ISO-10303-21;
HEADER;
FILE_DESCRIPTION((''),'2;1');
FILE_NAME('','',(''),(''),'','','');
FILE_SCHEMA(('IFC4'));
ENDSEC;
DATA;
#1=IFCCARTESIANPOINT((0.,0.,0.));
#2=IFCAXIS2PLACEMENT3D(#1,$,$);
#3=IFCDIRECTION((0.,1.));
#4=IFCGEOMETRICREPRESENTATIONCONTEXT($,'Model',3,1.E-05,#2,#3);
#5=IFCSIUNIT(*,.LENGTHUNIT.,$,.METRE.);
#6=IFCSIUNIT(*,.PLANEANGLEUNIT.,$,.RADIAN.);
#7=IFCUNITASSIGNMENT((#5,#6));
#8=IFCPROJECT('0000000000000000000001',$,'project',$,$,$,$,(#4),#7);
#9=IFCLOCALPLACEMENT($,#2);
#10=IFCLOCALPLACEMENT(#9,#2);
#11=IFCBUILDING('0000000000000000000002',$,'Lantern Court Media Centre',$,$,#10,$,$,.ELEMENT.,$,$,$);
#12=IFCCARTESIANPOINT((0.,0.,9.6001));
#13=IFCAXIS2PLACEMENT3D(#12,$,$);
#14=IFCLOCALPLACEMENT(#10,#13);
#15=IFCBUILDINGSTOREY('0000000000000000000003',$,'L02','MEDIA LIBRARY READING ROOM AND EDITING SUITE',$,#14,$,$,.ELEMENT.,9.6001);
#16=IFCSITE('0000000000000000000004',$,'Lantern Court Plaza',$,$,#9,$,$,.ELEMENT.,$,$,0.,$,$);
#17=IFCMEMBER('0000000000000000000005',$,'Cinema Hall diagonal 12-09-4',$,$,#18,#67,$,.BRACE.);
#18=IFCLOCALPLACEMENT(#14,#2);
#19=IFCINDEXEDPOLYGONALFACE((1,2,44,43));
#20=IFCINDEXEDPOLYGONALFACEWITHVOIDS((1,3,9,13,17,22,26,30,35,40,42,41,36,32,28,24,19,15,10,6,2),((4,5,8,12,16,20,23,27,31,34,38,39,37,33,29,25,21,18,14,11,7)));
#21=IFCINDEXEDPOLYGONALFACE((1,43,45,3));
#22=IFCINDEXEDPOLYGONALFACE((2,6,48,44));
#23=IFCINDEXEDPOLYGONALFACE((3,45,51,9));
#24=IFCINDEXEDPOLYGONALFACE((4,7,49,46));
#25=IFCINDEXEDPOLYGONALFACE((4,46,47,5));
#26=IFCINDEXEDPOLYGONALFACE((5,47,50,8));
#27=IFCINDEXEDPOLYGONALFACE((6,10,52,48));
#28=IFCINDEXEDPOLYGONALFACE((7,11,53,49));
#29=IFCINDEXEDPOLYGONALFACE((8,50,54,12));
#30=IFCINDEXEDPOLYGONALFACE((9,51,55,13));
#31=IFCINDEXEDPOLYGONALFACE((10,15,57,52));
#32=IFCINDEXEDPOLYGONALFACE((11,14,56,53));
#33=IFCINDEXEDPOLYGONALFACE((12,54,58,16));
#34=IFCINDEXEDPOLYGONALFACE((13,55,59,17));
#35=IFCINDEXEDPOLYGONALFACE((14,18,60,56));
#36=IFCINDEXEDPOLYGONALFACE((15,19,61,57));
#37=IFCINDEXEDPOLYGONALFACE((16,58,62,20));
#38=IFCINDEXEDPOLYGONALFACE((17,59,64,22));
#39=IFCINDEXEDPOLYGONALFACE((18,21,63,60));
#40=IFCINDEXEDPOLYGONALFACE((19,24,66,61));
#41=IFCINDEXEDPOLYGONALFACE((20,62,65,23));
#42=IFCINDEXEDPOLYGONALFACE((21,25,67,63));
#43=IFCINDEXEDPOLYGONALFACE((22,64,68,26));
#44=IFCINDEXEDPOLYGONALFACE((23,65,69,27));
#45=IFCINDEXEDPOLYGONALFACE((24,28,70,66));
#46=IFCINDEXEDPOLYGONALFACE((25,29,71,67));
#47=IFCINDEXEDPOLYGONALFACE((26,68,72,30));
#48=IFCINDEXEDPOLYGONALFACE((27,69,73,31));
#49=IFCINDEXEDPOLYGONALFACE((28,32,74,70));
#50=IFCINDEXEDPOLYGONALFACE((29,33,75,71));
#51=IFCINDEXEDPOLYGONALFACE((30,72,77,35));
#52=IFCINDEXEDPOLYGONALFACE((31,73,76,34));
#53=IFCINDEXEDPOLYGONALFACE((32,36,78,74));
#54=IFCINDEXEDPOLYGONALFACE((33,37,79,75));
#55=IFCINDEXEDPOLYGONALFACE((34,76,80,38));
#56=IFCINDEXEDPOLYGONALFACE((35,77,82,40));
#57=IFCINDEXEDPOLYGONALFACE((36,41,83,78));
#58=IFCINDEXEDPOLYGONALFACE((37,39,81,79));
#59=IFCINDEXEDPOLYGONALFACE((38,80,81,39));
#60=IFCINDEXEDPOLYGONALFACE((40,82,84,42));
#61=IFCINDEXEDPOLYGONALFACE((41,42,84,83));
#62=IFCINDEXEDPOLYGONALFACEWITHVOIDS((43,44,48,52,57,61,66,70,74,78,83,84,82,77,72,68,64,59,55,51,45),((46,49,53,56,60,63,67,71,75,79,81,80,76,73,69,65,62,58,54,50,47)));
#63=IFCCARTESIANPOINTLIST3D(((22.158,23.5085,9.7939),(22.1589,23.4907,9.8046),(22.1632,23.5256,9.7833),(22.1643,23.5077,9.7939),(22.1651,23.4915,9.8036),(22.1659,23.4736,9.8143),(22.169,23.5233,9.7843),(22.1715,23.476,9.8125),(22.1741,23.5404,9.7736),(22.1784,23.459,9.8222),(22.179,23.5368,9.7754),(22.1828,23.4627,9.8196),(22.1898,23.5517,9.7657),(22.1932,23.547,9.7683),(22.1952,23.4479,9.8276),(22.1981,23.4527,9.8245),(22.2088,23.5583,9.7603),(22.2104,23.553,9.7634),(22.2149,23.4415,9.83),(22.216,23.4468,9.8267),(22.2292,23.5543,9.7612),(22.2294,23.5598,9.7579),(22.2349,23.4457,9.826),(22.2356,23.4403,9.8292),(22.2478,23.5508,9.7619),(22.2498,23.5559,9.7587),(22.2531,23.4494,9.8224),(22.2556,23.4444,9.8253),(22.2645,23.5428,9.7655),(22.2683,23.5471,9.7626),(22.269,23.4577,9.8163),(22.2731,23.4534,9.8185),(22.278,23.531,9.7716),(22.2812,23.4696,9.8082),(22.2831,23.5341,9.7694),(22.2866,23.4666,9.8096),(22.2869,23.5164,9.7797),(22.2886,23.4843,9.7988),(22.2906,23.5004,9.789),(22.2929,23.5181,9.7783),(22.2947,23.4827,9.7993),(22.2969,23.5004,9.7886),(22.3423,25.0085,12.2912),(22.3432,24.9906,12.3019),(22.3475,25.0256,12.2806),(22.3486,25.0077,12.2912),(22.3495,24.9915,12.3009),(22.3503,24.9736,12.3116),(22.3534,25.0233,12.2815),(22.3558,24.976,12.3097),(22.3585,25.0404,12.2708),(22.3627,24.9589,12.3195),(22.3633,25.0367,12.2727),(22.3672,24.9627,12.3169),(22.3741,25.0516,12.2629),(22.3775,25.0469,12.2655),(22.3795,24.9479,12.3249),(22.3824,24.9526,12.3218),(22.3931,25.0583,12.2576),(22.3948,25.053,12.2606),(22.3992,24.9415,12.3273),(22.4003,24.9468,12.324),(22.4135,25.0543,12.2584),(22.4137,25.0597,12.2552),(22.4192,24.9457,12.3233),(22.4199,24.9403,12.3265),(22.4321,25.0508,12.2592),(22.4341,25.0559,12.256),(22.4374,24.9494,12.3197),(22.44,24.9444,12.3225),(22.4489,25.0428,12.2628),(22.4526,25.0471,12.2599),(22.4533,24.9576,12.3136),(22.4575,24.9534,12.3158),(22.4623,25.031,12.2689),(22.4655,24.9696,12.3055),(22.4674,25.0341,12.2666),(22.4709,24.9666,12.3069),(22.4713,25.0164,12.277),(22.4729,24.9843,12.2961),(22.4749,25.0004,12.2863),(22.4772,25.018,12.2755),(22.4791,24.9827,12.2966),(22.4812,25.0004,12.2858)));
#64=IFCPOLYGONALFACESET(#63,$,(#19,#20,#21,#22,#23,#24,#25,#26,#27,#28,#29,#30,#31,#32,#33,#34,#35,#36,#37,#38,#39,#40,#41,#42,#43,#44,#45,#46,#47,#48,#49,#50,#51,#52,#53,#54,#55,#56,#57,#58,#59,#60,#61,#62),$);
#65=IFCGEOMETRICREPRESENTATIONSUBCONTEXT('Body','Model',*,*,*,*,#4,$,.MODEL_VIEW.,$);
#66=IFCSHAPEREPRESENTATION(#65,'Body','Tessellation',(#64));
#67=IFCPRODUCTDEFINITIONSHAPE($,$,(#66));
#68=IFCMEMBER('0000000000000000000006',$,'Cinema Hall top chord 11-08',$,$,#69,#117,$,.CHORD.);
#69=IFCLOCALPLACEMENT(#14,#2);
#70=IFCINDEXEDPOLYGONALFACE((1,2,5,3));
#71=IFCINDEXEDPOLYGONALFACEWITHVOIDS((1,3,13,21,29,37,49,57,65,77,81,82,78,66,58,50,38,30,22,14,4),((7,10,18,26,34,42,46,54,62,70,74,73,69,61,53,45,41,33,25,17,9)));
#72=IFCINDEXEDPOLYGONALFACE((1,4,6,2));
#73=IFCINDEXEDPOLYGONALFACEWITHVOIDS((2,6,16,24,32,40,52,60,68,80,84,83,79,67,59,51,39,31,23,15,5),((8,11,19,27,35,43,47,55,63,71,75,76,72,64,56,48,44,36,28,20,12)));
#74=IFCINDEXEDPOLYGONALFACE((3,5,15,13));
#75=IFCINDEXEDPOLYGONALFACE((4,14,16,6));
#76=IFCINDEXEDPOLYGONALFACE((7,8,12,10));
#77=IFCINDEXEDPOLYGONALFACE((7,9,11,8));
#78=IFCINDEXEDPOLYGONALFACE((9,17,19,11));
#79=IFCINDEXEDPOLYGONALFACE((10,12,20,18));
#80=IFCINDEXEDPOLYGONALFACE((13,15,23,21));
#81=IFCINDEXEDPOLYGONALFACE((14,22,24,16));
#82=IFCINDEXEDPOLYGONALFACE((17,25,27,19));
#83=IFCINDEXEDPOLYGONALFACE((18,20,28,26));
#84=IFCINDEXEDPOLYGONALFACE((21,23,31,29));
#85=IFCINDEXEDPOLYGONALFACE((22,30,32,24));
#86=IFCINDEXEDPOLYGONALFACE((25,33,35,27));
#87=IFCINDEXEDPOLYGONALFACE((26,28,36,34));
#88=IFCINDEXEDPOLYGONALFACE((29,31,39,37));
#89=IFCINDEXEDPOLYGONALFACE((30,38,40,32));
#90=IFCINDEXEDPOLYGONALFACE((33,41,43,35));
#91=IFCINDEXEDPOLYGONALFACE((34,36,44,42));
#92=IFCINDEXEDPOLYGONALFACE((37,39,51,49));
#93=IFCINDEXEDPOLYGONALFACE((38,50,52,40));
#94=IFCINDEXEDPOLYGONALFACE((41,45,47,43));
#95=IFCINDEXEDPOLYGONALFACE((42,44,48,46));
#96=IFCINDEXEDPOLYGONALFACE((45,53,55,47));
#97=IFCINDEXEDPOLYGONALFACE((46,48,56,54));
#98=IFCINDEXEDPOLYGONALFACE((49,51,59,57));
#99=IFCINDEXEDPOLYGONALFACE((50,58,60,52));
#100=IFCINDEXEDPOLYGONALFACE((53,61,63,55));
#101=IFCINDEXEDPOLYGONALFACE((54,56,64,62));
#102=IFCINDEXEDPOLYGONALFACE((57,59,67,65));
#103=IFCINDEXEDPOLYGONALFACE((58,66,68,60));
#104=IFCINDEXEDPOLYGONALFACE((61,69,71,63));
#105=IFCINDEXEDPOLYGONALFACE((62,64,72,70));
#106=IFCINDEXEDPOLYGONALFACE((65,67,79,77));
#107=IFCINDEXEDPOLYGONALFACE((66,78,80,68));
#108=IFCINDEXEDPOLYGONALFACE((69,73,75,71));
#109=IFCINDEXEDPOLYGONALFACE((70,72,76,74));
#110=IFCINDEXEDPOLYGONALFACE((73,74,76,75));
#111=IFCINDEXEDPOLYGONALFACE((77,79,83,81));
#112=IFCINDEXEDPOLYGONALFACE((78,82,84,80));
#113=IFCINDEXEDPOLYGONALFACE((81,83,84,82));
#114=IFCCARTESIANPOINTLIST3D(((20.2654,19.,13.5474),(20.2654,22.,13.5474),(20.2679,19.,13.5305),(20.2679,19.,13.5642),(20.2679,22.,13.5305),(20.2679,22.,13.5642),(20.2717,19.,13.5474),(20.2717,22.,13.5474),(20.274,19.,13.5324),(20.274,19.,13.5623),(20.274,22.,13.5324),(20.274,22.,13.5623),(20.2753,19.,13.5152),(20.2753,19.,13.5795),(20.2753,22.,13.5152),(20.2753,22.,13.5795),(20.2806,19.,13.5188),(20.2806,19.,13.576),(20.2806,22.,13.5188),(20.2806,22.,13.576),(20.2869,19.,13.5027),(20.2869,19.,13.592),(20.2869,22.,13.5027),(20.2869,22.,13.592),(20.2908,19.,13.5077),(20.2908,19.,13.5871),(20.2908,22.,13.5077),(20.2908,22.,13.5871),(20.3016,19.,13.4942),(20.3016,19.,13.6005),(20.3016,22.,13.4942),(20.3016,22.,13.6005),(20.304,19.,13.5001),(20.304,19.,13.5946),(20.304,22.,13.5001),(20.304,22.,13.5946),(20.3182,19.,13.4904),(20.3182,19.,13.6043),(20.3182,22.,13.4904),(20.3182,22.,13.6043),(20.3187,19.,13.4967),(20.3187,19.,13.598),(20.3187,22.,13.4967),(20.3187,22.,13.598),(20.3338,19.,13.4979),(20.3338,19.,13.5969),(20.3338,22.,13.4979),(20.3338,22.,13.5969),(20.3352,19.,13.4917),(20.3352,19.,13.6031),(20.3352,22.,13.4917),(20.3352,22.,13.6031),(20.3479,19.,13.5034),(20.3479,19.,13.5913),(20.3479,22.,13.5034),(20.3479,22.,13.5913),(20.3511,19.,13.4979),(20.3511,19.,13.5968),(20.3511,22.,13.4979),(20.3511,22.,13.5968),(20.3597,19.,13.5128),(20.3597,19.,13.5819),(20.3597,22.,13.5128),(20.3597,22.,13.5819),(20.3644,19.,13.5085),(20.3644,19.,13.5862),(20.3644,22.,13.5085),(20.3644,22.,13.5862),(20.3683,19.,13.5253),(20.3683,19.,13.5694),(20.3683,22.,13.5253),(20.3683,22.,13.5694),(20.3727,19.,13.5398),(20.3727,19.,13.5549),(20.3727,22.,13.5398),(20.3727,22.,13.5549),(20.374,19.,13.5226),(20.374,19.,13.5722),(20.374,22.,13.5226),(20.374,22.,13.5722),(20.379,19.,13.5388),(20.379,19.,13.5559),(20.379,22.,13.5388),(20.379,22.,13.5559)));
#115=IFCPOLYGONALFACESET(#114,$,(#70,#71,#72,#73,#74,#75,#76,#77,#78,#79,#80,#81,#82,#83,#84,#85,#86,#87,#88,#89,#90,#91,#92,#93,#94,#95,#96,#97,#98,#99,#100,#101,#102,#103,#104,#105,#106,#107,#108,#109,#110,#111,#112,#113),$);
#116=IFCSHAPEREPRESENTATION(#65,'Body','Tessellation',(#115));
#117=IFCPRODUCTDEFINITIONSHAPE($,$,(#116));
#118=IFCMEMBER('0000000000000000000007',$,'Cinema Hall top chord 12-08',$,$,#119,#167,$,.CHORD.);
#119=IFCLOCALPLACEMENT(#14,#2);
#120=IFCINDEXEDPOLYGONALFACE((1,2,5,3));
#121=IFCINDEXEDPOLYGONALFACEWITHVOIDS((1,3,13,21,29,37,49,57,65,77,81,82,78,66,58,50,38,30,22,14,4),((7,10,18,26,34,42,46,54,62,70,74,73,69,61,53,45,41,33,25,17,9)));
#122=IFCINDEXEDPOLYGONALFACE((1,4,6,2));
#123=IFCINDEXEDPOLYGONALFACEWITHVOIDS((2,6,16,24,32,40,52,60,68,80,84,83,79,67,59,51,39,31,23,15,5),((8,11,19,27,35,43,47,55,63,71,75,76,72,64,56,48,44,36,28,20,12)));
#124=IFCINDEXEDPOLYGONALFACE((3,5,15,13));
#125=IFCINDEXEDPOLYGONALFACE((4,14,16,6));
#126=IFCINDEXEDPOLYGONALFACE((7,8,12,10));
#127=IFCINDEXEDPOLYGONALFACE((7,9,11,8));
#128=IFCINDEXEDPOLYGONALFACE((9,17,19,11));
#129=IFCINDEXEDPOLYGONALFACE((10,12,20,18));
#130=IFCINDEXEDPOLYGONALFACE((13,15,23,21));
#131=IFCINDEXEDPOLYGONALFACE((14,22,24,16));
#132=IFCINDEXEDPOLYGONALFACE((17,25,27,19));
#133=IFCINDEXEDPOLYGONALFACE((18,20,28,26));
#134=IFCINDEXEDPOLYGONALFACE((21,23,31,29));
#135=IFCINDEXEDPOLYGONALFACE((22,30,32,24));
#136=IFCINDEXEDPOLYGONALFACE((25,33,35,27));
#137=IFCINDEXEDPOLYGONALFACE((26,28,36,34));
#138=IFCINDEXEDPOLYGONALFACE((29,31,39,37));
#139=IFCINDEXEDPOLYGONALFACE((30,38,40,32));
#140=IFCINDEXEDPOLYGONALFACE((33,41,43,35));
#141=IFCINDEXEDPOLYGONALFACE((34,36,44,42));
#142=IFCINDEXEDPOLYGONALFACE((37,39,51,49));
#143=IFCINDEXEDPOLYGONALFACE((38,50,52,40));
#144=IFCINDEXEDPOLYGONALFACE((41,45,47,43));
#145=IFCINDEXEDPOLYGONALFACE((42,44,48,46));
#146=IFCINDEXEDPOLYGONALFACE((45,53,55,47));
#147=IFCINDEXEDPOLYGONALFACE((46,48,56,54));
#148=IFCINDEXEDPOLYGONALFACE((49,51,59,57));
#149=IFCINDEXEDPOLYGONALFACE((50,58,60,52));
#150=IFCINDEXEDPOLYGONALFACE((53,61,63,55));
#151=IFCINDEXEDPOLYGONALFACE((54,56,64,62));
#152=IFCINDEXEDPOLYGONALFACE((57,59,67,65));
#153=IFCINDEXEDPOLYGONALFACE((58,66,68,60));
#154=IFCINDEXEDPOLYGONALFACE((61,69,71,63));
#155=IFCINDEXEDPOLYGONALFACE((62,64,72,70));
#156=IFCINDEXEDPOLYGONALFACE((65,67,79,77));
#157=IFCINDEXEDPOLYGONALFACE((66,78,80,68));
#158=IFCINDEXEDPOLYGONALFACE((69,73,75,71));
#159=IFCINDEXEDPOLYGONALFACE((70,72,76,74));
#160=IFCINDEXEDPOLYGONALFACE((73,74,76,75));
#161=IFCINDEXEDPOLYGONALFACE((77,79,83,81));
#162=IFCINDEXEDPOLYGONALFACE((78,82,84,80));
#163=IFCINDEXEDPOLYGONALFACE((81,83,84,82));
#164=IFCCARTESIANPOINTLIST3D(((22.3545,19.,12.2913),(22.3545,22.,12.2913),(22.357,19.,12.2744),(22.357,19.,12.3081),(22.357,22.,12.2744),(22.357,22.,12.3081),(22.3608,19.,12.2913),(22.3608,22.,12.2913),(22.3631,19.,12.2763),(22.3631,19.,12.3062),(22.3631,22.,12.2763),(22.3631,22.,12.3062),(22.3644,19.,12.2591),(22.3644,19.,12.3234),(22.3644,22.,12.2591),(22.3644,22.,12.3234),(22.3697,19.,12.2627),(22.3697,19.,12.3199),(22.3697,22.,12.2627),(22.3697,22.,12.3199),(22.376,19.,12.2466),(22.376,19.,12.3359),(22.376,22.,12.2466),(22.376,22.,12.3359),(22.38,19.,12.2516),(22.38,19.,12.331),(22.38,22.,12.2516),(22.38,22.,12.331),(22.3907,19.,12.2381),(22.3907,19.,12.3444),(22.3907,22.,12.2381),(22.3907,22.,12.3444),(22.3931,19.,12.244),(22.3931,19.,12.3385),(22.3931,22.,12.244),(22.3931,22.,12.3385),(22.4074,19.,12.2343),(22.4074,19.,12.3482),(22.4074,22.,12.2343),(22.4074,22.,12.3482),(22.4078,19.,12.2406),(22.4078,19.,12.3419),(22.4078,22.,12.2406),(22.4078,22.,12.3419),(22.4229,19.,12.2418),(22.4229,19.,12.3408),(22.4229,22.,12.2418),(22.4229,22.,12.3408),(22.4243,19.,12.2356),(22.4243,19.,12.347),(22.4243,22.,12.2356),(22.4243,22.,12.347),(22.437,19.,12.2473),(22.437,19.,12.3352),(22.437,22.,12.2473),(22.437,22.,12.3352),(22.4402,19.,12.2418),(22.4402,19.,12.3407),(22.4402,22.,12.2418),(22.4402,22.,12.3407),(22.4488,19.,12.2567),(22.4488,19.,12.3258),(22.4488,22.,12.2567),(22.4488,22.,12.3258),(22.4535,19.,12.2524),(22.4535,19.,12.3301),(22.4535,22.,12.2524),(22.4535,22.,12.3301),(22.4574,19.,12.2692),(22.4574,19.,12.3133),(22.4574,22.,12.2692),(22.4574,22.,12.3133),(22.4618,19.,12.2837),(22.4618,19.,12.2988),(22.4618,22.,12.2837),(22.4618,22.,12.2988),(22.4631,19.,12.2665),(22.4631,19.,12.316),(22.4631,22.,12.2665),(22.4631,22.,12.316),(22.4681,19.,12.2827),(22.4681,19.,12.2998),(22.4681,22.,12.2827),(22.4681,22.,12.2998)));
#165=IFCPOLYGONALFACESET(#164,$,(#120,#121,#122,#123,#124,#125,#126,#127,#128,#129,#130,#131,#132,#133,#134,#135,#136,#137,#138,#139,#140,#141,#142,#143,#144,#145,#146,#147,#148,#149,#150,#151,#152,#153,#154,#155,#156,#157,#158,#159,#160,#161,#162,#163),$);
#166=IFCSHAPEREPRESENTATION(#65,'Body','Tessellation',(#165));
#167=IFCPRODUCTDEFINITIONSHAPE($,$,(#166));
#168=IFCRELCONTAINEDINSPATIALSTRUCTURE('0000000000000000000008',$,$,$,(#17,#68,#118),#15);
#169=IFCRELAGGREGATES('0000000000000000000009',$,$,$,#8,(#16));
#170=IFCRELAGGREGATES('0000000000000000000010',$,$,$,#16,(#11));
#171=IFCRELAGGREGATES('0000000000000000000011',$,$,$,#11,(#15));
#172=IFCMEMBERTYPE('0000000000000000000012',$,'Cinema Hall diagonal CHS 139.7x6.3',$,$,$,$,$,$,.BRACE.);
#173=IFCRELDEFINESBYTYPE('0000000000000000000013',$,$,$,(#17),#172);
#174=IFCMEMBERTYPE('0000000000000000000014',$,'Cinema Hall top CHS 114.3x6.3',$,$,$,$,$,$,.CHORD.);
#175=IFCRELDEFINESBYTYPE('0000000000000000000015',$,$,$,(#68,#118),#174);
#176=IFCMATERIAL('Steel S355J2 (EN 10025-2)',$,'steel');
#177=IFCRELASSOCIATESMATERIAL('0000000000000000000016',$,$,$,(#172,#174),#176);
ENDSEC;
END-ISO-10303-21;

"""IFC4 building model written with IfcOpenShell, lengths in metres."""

from ifc_helpers import new_model, si_unit, direction, frame, origin, origin_2d, place, context, subcontext, project, spatial, hollow_circle, extrude, material, material_profile, profile_set, type_object, element, save


model = new_model("IFC4")

# Units and contexts
model_context = context("Model", 3, precision=1e-05, world=origin(), true_north=direction((0.0, 1.0)))
body_context = subcontext(model_context, "Body", "Model", "MODEL_VIEW")
ifc_project = project(units=[si_unit("LENGTHUNIT", "METRE"), si_unit("PLANEANGLEUNIT", "RADIAN")], contexts=[model_context])

# Site, building, storey
site_placement = place(None, origin())
site = spatial("IfcSite", under=ifc_project, at=site_placement, Name="Lantern Court Plaza", CompositionType="ELEMENT", RefElevation=0.0)
building_placement = place(site_placement, origin())
building = spatial("IfcBuilding", under=site, at=building_placement, Name="Lantern Court Media Centre", CompositionType="ELEMENT")
storey_placement = place(building_placement, frame((0.0, 0.0, 9.6001)))
storey = spatial("IfcBuildingStorey", under=building, at=storey_placement, Name="L02", Description="MEDIA LIBRARY READING ROOM AND EDITING SUITE", CompositionType="ELEMENT", Elevation=9.6001)

# Members
ifc_material = material(Name="Steel S355J2 (EN 10025-2)", Category="steel")
ifc_material_profile_1 = material_profile(ifc_material, hollow_circle(Radius=0.0698, WallThickness=0.0063, at=origin_2d()), Name="Cinema Hall diagonal CHS 139.7x6.3")
ifc_profile_set_1 = profile_set([ifc_material_profile_1], Name="Steel S355J2 (EN 10025-2)")
member_type_1 = type_object("IfcMemberType", Name="Cinema Hall diagonal CHS 139.7x6.3", PredefinedType="BRACE", material=ifc_profile_set_1)
member_1_placement = place(storey_placement, frame((22.2273, 23.5, 9.7939), z_axis=(0.063147, 0.513875, 0.855538), x_axis=(-0.992534, 0.121967, 0.0)))
element("IfcMember", 1, at=member_1_placement, inside=storey, type_object=member_type_1, Name="Cinema Hall diagonal 12-09-4", PredefinedType="BRACE", context=body_context, shape_type="SweptSolid", body=[
    extrude(hollow_circle(Radius=0.0698, WallThickness=0.0063, at=origin_2d()), origin(), (0.0, 0.0, 1.0), 2.9189),
])
ifc_material_profile_2 = material_profile(ifc_material, hollow_circle(Radius=0.0571, WallThickness=0.0063, at=origin_2d()), Name="Cinema Hall top CHS 114.3x6.3")
ifc_profile_set_2 = profile_set([ifc_material_profile_2], Name="Steel S355J2 (EN 10025-2)")
member_type_2 = type_object("IfcMemberType", Name="Cinema Hall top CHS 114.3x6.3", PredefinedType="CHORD", material=ifc_profile_set_2)
for number, where, z_axis, x_axis, name in (
    (2, (20.3225, 19.0, 13.5474), (0.0, 1.0, 0.0), (-1.0, 0.0, 0.0), "Cinema Hall top chord 11-08"),
    (3, (22.4116, 19.0, 12.2913), (0.0, 1.0, 0.0), (-1.0, 0.0, 0.0), "Cinema Hall top chord 12-08"),
):
    element("IfcMember", number, at=place(storey_placement, frame(where, z_axis=z_axis, x_axis=x_axis)), inside=storey, type_object=member_type_2, Name=name, PredefinedType="CHORD", context=body_context, shape_type="SweptSolid", body=[
        extrude(hollow_circle(Radius=0.0571, WallThickness=0.0063, at=origin_2d()), origin(), (0.0, 0.0, 1.0), 3.0),
    ])

save(model, "model.ifc")
